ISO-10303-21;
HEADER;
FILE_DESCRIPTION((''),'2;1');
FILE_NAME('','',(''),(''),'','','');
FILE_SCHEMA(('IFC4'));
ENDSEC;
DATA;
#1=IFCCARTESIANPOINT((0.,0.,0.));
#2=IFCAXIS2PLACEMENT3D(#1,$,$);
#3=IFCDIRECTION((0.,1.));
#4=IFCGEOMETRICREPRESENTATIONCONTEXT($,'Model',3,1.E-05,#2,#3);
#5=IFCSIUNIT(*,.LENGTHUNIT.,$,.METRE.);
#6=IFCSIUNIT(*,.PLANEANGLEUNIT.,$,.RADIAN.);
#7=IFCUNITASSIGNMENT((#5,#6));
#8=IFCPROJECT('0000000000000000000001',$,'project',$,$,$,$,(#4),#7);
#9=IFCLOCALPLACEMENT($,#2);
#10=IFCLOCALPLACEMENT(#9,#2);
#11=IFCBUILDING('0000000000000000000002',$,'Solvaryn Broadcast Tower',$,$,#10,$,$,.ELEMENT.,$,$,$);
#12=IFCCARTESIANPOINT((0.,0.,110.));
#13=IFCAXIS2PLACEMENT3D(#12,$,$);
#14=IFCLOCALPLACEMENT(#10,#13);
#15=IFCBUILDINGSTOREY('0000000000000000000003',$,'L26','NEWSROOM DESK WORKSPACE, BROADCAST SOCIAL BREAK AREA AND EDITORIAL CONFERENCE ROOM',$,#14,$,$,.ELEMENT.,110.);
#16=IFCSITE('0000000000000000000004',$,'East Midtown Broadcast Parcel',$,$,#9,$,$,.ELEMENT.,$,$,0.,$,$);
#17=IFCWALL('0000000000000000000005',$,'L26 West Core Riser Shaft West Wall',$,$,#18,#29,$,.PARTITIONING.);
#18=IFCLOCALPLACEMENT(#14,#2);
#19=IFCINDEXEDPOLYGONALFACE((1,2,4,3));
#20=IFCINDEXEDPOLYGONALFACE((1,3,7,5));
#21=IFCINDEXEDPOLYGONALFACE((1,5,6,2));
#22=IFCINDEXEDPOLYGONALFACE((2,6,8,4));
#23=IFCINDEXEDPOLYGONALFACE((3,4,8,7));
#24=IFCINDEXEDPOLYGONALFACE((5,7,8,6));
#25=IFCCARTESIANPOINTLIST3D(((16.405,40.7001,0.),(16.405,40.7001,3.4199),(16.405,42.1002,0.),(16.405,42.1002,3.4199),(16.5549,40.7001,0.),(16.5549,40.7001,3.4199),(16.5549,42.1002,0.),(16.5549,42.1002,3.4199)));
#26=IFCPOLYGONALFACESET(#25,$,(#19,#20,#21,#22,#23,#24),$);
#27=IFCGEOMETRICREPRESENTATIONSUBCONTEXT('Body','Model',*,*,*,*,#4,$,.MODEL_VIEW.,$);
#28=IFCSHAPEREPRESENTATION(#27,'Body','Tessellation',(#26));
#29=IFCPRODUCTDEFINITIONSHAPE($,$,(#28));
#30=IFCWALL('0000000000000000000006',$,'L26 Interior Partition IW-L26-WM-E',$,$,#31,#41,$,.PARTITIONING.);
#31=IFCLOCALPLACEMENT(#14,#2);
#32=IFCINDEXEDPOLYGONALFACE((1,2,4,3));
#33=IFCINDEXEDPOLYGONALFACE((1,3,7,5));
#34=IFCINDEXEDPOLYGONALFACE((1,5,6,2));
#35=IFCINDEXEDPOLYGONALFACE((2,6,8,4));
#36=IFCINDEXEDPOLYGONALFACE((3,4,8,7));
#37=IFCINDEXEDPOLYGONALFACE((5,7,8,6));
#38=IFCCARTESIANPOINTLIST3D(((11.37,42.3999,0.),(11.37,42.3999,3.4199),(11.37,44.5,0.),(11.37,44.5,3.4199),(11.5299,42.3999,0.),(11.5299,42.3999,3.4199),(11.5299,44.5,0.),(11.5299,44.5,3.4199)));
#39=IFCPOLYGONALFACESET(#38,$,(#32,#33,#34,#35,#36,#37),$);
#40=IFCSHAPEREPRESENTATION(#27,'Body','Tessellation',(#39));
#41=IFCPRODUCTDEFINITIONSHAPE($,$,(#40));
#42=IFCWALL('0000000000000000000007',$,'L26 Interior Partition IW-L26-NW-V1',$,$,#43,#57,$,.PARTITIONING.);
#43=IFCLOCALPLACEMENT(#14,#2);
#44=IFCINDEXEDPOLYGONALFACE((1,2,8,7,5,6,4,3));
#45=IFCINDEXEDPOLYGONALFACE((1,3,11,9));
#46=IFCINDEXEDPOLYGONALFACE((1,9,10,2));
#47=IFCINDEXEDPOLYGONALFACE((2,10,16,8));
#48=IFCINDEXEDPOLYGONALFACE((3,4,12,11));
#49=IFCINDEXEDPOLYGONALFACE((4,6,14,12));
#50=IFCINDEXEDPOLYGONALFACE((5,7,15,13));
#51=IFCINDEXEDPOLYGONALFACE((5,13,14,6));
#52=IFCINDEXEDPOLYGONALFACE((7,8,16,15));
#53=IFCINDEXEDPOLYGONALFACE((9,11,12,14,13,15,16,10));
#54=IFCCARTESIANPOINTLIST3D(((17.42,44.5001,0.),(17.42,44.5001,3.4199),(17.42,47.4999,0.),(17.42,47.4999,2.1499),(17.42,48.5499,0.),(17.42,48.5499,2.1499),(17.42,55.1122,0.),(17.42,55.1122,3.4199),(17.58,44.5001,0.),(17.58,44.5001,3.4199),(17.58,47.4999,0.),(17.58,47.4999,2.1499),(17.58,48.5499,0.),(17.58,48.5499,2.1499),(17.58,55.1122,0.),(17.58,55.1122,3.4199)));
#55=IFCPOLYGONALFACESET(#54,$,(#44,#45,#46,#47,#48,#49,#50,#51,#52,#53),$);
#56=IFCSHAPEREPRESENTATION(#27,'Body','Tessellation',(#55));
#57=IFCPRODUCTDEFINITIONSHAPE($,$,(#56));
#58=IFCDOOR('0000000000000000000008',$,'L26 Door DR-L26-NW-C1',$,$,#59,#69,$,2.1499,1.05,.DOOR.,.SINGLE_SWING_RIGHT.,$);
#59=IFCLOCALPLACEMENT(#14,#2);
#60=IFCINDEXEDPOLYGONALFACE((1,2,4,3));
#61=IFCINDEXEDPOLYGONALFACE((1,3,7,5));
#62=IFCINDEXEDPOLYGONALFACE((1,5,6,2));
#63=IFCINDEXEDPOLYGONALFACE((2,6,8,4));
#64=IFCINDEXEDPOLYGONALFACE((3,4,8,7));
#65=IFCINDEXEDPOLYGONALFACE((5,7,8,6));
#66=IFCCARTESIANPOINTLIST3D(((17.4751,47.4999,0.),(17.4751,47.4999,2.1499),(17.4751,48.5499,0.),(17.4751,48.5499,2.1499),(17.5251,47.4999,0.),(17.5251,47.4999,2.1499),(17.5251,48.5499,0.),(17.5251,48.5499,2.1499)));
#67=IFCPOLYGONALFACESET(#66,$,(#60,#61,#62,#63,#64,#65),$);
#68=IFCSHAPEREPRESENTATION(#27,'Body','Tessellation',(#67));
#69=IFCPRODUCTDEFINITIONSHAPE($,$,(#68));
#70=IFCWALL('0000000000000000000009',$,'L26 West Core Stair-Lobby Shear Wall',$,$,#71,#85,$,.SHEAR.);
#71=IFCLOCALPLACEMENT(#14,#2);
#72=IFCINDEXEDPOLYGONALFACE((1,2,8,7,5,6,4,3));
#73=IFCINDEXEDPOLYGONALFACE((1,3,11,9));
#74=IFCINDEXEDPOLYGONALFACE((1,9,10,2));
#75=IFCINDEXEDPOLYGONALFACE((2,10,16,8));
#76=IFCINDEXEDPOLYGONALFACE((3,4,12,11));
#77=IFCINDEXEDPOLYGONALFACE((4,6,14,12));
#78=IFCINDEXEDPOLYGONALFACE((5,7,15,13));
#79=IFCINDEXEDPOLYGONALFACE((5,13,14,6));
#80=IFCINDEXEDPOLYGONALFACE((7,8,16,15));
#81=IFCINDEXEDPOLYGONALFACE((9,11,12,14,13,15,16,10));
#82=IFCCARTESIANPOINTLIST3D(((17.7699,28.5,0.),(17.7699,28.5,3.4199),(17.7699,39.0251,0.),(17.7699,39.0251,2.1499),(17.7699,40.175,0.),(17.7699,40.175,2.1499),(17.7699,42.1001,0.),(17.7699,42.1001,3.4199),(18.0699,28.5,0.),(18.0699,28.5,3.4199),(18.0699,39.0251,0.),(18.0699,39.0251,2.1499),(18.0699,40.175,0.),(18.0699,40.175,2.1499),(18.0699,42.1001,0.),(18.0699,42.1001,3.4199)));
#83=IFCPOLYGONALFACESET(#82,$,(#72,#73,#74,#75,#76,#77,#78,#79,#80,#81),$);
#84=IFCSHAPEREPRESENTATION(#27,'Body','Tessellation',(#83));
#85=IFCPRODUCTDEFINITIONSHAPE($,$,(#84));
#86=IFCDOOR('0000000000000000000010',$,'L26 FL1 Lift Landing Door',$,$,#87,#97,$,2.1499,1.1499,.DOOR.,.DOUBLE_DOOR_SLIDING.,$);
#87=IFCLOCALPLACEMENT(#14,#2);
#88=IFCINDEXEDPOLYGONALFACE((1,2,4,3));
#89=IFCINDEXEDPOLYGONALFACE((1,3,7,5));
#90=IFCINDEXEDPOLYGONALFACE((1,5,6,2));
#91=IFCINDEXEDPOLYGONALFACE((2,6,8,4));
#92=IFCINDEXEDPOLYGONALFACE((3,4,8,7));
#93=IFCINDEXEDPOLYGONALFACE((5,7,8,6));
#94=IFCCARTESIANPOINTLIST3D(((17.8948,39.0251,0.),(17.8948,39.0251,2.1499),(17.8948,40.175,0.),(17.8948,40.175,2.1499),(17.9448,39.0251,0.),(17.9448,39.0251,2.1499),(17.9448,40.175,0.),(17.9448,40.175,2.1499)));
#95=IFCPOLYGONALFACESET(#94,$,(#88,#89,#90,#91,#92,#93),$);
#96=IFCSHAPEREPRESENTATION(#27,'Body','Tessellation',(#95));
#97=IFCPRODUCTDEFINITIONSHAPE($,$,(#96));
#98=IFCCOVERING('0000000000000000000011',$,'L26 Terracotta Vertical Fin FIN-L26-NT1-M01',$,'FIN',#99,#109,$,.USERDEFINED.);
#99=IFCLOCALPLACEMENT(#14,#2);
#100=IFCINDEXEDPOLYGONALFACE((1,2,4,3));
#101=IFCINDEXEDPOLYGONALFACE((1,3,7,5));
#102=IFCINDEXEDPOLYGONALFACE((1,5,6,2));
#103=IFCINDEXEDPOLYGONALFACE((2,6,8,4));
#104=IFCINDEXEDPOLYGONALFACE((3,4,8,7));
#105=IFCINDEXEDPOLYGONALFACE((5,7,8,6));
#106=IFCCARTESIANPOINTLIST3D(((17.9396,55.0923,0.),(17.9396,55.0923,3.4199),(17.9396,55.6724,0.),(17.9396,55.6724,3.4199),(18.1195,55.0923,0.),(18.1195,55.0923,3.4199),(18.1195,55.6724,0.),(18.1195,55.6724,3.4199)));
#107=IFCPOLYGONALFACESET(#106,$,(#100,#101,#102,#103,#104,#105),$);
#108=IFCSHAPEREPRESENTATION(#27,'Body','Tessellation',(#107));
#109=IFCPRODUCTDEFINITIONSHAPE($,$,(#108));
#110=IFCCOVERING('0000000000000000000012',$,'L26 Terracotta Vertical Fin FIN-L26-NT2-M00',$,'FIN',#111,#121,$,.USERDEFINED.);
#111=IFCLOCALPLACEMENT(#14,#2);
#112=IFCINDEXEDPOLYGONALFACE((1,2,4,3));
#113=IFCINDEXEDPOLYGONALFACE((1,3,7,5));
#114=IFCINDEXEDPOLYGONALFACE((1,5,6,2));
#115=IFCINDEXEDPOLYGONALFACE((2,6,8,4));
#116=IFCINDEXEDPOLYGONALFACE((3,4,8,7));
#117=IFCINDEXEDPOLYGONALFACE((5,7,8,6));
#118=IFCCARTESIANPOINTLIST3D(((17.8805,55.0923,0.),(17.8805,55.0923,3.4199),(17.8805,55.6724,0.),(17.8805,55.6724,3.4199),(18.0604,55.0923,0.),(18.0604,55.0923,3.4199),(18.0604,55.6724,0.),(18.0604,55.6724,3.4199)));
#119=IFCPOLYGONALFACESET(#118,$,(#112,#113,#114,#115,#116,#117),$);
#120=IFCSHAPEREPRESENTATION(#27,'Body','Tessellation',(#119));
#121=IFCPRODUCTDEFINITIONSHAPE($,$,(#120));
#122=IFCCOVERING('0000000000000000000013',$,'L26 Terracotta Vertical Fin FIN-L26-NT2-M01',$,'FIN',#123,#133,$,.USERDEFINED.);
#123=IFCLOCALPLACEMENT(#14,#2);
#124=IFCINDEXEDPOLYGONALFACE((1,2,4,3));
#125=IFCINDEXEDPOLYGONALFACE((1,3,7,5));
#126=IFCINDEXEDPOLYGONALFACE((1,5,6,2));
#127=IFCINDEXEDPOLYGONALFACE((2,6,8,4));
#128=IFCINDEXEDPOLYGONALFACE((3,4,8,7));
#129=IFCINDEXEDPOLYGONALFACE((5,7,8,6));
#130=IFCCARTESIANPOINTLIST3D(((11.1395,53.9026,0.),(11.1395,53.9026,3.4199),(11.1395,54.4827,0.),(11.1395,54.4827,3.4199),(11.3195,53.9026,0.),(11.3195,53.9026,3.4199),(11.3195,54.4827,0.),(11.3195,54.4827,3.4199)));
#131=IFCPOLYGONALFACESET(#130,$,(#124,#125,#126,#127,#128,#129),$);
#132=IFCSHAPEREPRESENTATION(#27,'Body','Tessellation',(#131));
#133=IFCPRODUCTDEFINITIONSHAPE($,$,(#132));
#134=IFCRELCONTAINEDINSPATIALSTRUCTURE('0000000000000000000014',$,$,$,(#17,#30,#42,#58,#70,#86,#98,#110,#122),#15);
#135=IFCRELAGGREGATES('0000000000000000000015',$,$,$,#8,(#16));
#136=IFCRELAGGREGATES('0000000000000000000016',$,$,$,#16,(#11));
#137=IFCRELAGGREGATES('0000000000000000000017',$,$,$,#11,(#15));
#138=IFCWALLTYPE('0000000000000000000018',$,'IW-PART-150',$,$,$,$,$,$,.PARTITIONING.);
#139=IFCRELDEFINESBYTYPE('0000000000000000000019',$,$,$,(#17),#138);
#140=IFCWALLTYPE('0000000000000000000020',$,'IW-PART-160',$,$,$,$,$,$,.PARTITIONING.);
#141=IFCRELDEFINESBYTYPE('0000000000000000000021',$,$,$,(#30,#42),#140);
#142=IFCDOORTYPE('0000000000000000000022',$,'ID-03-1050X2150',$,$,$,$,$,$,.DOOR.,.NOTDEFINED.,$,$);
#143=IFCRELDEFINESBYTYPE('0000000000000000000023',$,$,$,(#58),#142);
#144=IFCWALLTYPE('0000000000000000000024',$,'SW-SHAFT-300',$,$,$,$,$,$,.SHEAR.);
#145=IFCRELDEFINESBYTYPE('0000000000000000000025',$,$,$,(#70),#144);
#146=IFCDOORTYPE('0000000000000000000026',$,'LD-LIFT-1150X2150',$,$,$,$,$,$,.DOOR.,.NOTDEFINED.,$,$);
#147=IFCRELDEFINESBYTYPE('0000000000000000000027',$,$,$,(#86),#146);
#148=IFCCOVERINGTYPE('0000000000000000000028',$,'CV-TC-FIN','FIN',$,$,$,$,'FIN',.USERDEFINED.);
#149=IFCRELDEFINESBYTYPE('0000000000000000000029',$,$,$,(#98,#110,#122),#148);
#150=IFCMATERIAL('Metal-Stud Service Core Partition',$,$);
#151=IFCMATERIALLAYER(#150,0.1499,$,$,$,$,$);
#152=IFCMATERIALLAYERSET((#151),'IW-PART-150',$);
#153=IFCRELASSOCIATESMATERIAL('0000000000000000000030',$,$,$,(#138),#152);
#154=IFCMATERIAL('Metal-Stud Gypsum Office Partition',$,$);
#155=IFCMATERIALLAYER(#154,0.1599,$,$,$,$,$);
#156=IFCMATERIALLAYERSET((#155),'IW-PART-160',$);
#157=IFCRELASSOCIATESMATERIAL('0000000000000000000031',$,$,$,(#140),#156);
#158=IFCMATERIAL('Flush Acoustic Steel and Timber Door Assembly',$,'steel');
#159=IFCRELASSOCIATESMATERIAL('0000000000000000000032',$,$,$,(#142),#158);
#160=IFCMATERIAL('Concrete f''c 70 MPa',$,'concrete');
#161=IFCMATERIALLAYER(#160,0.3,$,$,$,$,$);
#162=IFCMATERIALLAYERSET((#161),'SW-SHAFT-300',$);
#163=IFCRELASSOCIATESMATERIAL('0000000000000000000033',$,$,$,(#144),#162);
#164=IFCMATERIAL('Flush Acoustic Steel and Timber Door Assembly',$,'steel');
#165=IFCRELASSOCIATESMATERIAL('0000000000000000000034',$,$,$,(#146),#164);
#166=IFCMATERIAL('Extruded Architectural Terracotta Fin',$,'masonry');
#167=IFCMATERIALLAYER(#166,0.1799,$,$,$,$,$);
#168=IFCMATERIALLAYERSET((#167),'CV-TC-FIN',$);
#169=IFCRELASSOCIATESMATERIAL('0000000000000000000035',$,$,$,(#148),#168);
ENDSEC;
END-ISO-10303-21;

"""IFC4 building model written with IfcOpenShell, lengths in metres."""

from ifc_helpers import new_model, si_unit, direction, frame, frame_2d, origin, origin_2d, place, context, subcontext, project, spatial, rectangle, extrude, material, layer, layer_set, type_object, element, fill, save


model = new_model("IFC4")

# Units and contexts
model_context = context("Model", 3, precision=1e-05, world=origin(), true_north=direction((0.0, 1.0)))
body_context = subcontext(model_context, "Body", "Model", "MODEL_VIEW")
ifc_project = project(units=[si_unit("LENGTHUNIT", "METRE"), si_unit("PLANEANGLEUNIT", "RADIAN")], contexts=[model_context])

# Site, building, storey
site_placement = place(None, origin())
site = spatial("IfcSite", under=ifc_project, at=site_placement, Name="East Midtown Broadcast Parcel", CompositionType="ELEMENT", RefElevation=0.0)
building_placement = place(site_placement, origin())
building = spatial("IfcBuilding", under=site, at=building_placement, Name="Solvaryn Broadcast Tower", CompositionType="ELEMENT")
storey_placement = place(building_placement, frame((0.0, 0.0, 110.0)))
storey = spatial("IfcBuildingStorey", under=building, at=storey_placement, Name="L26", Description="NEWSROOM DESK WORKSPACE, BROADCAST SOCIAL BREAK AREA AND EDITORIAL CONFERENCE ROOM", CompositionType="ELEMENT", Elevation=110.0)

# Walls
ifc_material_1 = material(Name="Metal-Stud Service Core Partition")
ifc_layer_1 = layer(ifc_material_1, 0.1499)
ifc_layer_set_1 = layer_set([ifc_layer_1], Name="IW-PART-150")
wall_type_1 = type_object("IfcWallType", Name="IW-PART-150", PredefinedType="PARTITIONING", material=ifc_layer_set_1)
wall_1_placement = place(storey_placement, frame((16.48, 40.7, 0.0), z_axis=(0.0, 0.0, 1.0), x_axis=(0.0, 1.0, 0.0)))
element("IfcWall", 1, at=wall_1_placement, inside=storey, type_object=wall_type_1, Name="L26 West Core Riser Shaft West Wall", PredefinedType="PARTITIONING", context=body_context, shape_type="SweptSolid", body=[
    extrude(rectangle(XDim=1.4001, YDim=0.1499, at=frame_2d((0.7002, 0.0))), origin(), (0.0, 0.0, 1.0), 3.4199),
])
ifc_material_2 = material(Name="Metal-Stud Gypsum Office Partition")
ifc_layer_2 = layer(ifc_material_2, 0.1599)
ifc_layer_set_2 = layer_set([ifc_layer_2], Name="IW-PART-160")
wall_type_2 = type_object("IfcWallType", Name="IW-PART-160", PredefinedType="PARTITIONING", material=ifc_layer_set_2)
wall_2_placement = place(storey_placement, frame((11.45, 42.3999, 0.0), z_axis=(0.0, 0.0, 1.0), x_axis=(0.0, 1.0, 0.0)))
element("IfcWall", 2, at=wall_2_placement, inside=storey, type_object=wall_type_2, Name="L26 Interior Partition IW-L26-WM-E", PredefinedType="PARTITIONING", context=body_context, shape_type="SweptSolid", body=[
    extrude(rectangle(XDim=2.1001, YDim=0.1599, at=frame_2d((1.05, 0.0))), origin(), (0.0, 0.0, 1.0), 3.4199),
])

# Walls, openings, doors
wall_3_placement = place(storey_placement, frame((17.5, 44.5, 0.0), z_axis=(0.0, 0.0, 1.0), x_axis=(0.0, 1.0, 0.0)))
wall_3 = element("IfcWall", 3, at=wall_3_placement, inside=storey, type_object=wall_type_2, Name="L26 Interior Partition IW-L26-NW-V1", PredefinedType="PARTITIONING", context=body_context, shape_type="SweptSolid", body=[
    extrude(rectangle(XDim=10.6121, YDim=0.1599, at=frame_2d((5.3062, 0.0))), origin(), (0.0, 0.0, 1.0), 3.4199),
])
opening_1_placement = place(wall_3_placement, frame((3.0, 0.0, 0.0)))
opening_1 = element("IfcOpeningElement", 4, at=opening_1_placement, cuts=wall_3, PredefinedType="OPENING", context=body_context, shape_type="SweptSolid", body=[
    extrude(rectangle(XDim=1.05, YDim=2.1499, at=frame_2d((0.5249, 1.075))), frame((0.0, 0.0901, 0.0), z_axis=(0.0, -1.0, 0.0), x_axis=(1.0, 0.0, 0.0)), (0.0, 0.0, 1.0), 0.1799),
])
ifc_material_3 = material(Name="Flush Acoustic Steel and Timber Door Assembly", Category="steel")
door_type_1 = type_object("IfcDoorType", Name="ID-03-1050X2150", OperationType="NOTDEFINED", PredefinedType="DOOR", material=ifc_material_3)
door_1_placement = place(opening_1_placement, origin())
door_1 = element("IfcDoor", 5, at=door_1_placement, inside=storey, type_object=door_type_1, Name="L26 Door DR-L26-NW-C1", OperationType="SINGLE_SWING_RIGHT", OverallHeight=2.1499, OverallWidth=1.05, PredefinedType="DOOR", context=body_context, shape_type="SweptSolid", body=[
    extrude(rectangle(XDim=1.05, YDim=2.1499, at=frame_2d((0.5249, 1.075))), frame((0.0, 0.0249, 0.0), z_axis=(0.0, -1.0, 0.0), x_axis=(1.0, 0.0, 0.0)), (0.0, 0.0, 1.0), 0.05),
])
fill(opening_1, door_1)
ifc_material_4 = material(Name="Concrete f'c 70 MPa", Category="concrete")
ifc_layer_3 = layer(ifc_material_4, 0.3)
ifc_layer_set_3 = layer_set([ifc_layer_3], Name="SW-SHAFT-300")
wall_type_3 = type_object("IfcWallType", Name="SW-SHAFT-300", PredefinedType="SHEAR", material=ifc_layer_set_3)
wall_4_placement = place(storey_placement, frame((17.9199, 42.1001, 0.0), z_axis=(0.0, 0.0, 1.0), x_axis=(0.0, -1.0, 0.0)))
wall_4 = element("IfcWall", 6, at=wall_4_placement, inside=storey, type_object=wall_type_3, Name="L26 West Core Stair-Lobby Shear Wall", PredefinedType="SHEAR", context=body_context, shape_type="SweptSolid", body=[
    extrude(rectangle(XDim=13.6001, YDim=0.3, at=frame_2d((6.8, 0.0))), origin(), (0.0, 0.0, 1.0), 3.4199),
])
opening_2_placement = place(wall_4_placement, frame((1.925, 0.0, 0.0)))
opening_2 = element("IfcOpeningElement", 7, at=opening_2_placement, cuts=wall_4, PredefinedType="OPENING", context=body_context, shape_type="SweptSolid", body=[
    extrude(rectangle(XDim=1.1499, YDim=2.1499, at=frame_2d((0.575, 1.075))), frame((0.0, 0.1599, 0.0), z_axis=(0.0, -1.0, 0.0), x_axis=(1.0, 0.0, 0.0)), (0.0, 0.0, 1.0), 0.3201),
])
ifc_material_5 = material(Name="Flush Acoustic Steel and Timber Door Assembly", Category="steel")
door_type_2 = type_object("IfcDoorType", Name="LD-LIFT-1150X2150", OperationType="NOTDEFINED", PredefinedType="DOOR", material=ifc_material_5)
door_2_placement = place(opening_2_placement, origin())
door_2 = element("IfcDoor", 8, at=door_2_placement, inside=storey, type_object=door_type_2, Name="L26 FL1 Lift Landing Door", OperationType="DOUBLE_DOOR_SLIDING", OverallHeight=2.1499, OverallWidth=1.1499, PredefinedType="DOOR", context=body_context, shape_type="SweptSolid", body=[
    extrude(rectangle(XDim=1.1499, YDim=2.1499, at=frame_2d((0.575, 1.075))), frame((0.0, 0.0249, 0.0), z_axis=(0.0, -1.0, 0.0), x_axis=(1.0, 0.0, 0.0)), (0.0, 0.0, 1.0), 0.05),
])
fill(opening_2, door_2)

# Coverings
ifc_material_6 = material(Name="Extruded Architectural Terracotta Fin", Category="masonry")
ifc_layer_4 = layer(ifc_material_6, 0.1799)
ifc_layer_set_4 = layer_set([ifc_layer_4], Name="CV-TC-FIN")
covering_type = type_object("IfcCoveringType", Name="CV-TC-FIN", Description="FIN", ElementType="FIN", PredefinedType="USERDEFINED", material=ifc_layer_set_4)
for number, where, z_axis, x_axis, name in (
    (9, (18.0295, 55.3823, 0.0), (0.0, 0.0, 1.0), (1.0, 0.0, 0.0), "L26 Terracotta Vertical Fin FIN-L26-NT1-M01"),
    (10, (17.9705, 55.3823, 0.0), (0.0, 0.0, 1.0), (1.0, 0.0, 0.0), "L26 Terracotta Vertical Fin FIN-L26-NT2-M00"),
    (11, (11.2295, 54.1926, 0.0), (0.0, 0.0, 1.0), (1.0, 0.0, 0.0), "L26 Terracotta Vertical Fin FIN-L26-NT2-M01"),
):
    element("IfcCovering", number, at=place(storey_placement, frame(where, z_axis=z_axis, x_axis=x_axis)), inside=storey, type_object=covering_type, Name=name, ObjectType="FIN", PredefinedType="USERDEFINED", context=body_context, shape_type="SweptSolid", body=[
        extrude(rectangle(XDim=0.1799, YDim=0.5801, at=origin_2d()), origin(), (0.0, 0.0, 1.0), 3.4199),
    ])

save(model, "model.ifc")
